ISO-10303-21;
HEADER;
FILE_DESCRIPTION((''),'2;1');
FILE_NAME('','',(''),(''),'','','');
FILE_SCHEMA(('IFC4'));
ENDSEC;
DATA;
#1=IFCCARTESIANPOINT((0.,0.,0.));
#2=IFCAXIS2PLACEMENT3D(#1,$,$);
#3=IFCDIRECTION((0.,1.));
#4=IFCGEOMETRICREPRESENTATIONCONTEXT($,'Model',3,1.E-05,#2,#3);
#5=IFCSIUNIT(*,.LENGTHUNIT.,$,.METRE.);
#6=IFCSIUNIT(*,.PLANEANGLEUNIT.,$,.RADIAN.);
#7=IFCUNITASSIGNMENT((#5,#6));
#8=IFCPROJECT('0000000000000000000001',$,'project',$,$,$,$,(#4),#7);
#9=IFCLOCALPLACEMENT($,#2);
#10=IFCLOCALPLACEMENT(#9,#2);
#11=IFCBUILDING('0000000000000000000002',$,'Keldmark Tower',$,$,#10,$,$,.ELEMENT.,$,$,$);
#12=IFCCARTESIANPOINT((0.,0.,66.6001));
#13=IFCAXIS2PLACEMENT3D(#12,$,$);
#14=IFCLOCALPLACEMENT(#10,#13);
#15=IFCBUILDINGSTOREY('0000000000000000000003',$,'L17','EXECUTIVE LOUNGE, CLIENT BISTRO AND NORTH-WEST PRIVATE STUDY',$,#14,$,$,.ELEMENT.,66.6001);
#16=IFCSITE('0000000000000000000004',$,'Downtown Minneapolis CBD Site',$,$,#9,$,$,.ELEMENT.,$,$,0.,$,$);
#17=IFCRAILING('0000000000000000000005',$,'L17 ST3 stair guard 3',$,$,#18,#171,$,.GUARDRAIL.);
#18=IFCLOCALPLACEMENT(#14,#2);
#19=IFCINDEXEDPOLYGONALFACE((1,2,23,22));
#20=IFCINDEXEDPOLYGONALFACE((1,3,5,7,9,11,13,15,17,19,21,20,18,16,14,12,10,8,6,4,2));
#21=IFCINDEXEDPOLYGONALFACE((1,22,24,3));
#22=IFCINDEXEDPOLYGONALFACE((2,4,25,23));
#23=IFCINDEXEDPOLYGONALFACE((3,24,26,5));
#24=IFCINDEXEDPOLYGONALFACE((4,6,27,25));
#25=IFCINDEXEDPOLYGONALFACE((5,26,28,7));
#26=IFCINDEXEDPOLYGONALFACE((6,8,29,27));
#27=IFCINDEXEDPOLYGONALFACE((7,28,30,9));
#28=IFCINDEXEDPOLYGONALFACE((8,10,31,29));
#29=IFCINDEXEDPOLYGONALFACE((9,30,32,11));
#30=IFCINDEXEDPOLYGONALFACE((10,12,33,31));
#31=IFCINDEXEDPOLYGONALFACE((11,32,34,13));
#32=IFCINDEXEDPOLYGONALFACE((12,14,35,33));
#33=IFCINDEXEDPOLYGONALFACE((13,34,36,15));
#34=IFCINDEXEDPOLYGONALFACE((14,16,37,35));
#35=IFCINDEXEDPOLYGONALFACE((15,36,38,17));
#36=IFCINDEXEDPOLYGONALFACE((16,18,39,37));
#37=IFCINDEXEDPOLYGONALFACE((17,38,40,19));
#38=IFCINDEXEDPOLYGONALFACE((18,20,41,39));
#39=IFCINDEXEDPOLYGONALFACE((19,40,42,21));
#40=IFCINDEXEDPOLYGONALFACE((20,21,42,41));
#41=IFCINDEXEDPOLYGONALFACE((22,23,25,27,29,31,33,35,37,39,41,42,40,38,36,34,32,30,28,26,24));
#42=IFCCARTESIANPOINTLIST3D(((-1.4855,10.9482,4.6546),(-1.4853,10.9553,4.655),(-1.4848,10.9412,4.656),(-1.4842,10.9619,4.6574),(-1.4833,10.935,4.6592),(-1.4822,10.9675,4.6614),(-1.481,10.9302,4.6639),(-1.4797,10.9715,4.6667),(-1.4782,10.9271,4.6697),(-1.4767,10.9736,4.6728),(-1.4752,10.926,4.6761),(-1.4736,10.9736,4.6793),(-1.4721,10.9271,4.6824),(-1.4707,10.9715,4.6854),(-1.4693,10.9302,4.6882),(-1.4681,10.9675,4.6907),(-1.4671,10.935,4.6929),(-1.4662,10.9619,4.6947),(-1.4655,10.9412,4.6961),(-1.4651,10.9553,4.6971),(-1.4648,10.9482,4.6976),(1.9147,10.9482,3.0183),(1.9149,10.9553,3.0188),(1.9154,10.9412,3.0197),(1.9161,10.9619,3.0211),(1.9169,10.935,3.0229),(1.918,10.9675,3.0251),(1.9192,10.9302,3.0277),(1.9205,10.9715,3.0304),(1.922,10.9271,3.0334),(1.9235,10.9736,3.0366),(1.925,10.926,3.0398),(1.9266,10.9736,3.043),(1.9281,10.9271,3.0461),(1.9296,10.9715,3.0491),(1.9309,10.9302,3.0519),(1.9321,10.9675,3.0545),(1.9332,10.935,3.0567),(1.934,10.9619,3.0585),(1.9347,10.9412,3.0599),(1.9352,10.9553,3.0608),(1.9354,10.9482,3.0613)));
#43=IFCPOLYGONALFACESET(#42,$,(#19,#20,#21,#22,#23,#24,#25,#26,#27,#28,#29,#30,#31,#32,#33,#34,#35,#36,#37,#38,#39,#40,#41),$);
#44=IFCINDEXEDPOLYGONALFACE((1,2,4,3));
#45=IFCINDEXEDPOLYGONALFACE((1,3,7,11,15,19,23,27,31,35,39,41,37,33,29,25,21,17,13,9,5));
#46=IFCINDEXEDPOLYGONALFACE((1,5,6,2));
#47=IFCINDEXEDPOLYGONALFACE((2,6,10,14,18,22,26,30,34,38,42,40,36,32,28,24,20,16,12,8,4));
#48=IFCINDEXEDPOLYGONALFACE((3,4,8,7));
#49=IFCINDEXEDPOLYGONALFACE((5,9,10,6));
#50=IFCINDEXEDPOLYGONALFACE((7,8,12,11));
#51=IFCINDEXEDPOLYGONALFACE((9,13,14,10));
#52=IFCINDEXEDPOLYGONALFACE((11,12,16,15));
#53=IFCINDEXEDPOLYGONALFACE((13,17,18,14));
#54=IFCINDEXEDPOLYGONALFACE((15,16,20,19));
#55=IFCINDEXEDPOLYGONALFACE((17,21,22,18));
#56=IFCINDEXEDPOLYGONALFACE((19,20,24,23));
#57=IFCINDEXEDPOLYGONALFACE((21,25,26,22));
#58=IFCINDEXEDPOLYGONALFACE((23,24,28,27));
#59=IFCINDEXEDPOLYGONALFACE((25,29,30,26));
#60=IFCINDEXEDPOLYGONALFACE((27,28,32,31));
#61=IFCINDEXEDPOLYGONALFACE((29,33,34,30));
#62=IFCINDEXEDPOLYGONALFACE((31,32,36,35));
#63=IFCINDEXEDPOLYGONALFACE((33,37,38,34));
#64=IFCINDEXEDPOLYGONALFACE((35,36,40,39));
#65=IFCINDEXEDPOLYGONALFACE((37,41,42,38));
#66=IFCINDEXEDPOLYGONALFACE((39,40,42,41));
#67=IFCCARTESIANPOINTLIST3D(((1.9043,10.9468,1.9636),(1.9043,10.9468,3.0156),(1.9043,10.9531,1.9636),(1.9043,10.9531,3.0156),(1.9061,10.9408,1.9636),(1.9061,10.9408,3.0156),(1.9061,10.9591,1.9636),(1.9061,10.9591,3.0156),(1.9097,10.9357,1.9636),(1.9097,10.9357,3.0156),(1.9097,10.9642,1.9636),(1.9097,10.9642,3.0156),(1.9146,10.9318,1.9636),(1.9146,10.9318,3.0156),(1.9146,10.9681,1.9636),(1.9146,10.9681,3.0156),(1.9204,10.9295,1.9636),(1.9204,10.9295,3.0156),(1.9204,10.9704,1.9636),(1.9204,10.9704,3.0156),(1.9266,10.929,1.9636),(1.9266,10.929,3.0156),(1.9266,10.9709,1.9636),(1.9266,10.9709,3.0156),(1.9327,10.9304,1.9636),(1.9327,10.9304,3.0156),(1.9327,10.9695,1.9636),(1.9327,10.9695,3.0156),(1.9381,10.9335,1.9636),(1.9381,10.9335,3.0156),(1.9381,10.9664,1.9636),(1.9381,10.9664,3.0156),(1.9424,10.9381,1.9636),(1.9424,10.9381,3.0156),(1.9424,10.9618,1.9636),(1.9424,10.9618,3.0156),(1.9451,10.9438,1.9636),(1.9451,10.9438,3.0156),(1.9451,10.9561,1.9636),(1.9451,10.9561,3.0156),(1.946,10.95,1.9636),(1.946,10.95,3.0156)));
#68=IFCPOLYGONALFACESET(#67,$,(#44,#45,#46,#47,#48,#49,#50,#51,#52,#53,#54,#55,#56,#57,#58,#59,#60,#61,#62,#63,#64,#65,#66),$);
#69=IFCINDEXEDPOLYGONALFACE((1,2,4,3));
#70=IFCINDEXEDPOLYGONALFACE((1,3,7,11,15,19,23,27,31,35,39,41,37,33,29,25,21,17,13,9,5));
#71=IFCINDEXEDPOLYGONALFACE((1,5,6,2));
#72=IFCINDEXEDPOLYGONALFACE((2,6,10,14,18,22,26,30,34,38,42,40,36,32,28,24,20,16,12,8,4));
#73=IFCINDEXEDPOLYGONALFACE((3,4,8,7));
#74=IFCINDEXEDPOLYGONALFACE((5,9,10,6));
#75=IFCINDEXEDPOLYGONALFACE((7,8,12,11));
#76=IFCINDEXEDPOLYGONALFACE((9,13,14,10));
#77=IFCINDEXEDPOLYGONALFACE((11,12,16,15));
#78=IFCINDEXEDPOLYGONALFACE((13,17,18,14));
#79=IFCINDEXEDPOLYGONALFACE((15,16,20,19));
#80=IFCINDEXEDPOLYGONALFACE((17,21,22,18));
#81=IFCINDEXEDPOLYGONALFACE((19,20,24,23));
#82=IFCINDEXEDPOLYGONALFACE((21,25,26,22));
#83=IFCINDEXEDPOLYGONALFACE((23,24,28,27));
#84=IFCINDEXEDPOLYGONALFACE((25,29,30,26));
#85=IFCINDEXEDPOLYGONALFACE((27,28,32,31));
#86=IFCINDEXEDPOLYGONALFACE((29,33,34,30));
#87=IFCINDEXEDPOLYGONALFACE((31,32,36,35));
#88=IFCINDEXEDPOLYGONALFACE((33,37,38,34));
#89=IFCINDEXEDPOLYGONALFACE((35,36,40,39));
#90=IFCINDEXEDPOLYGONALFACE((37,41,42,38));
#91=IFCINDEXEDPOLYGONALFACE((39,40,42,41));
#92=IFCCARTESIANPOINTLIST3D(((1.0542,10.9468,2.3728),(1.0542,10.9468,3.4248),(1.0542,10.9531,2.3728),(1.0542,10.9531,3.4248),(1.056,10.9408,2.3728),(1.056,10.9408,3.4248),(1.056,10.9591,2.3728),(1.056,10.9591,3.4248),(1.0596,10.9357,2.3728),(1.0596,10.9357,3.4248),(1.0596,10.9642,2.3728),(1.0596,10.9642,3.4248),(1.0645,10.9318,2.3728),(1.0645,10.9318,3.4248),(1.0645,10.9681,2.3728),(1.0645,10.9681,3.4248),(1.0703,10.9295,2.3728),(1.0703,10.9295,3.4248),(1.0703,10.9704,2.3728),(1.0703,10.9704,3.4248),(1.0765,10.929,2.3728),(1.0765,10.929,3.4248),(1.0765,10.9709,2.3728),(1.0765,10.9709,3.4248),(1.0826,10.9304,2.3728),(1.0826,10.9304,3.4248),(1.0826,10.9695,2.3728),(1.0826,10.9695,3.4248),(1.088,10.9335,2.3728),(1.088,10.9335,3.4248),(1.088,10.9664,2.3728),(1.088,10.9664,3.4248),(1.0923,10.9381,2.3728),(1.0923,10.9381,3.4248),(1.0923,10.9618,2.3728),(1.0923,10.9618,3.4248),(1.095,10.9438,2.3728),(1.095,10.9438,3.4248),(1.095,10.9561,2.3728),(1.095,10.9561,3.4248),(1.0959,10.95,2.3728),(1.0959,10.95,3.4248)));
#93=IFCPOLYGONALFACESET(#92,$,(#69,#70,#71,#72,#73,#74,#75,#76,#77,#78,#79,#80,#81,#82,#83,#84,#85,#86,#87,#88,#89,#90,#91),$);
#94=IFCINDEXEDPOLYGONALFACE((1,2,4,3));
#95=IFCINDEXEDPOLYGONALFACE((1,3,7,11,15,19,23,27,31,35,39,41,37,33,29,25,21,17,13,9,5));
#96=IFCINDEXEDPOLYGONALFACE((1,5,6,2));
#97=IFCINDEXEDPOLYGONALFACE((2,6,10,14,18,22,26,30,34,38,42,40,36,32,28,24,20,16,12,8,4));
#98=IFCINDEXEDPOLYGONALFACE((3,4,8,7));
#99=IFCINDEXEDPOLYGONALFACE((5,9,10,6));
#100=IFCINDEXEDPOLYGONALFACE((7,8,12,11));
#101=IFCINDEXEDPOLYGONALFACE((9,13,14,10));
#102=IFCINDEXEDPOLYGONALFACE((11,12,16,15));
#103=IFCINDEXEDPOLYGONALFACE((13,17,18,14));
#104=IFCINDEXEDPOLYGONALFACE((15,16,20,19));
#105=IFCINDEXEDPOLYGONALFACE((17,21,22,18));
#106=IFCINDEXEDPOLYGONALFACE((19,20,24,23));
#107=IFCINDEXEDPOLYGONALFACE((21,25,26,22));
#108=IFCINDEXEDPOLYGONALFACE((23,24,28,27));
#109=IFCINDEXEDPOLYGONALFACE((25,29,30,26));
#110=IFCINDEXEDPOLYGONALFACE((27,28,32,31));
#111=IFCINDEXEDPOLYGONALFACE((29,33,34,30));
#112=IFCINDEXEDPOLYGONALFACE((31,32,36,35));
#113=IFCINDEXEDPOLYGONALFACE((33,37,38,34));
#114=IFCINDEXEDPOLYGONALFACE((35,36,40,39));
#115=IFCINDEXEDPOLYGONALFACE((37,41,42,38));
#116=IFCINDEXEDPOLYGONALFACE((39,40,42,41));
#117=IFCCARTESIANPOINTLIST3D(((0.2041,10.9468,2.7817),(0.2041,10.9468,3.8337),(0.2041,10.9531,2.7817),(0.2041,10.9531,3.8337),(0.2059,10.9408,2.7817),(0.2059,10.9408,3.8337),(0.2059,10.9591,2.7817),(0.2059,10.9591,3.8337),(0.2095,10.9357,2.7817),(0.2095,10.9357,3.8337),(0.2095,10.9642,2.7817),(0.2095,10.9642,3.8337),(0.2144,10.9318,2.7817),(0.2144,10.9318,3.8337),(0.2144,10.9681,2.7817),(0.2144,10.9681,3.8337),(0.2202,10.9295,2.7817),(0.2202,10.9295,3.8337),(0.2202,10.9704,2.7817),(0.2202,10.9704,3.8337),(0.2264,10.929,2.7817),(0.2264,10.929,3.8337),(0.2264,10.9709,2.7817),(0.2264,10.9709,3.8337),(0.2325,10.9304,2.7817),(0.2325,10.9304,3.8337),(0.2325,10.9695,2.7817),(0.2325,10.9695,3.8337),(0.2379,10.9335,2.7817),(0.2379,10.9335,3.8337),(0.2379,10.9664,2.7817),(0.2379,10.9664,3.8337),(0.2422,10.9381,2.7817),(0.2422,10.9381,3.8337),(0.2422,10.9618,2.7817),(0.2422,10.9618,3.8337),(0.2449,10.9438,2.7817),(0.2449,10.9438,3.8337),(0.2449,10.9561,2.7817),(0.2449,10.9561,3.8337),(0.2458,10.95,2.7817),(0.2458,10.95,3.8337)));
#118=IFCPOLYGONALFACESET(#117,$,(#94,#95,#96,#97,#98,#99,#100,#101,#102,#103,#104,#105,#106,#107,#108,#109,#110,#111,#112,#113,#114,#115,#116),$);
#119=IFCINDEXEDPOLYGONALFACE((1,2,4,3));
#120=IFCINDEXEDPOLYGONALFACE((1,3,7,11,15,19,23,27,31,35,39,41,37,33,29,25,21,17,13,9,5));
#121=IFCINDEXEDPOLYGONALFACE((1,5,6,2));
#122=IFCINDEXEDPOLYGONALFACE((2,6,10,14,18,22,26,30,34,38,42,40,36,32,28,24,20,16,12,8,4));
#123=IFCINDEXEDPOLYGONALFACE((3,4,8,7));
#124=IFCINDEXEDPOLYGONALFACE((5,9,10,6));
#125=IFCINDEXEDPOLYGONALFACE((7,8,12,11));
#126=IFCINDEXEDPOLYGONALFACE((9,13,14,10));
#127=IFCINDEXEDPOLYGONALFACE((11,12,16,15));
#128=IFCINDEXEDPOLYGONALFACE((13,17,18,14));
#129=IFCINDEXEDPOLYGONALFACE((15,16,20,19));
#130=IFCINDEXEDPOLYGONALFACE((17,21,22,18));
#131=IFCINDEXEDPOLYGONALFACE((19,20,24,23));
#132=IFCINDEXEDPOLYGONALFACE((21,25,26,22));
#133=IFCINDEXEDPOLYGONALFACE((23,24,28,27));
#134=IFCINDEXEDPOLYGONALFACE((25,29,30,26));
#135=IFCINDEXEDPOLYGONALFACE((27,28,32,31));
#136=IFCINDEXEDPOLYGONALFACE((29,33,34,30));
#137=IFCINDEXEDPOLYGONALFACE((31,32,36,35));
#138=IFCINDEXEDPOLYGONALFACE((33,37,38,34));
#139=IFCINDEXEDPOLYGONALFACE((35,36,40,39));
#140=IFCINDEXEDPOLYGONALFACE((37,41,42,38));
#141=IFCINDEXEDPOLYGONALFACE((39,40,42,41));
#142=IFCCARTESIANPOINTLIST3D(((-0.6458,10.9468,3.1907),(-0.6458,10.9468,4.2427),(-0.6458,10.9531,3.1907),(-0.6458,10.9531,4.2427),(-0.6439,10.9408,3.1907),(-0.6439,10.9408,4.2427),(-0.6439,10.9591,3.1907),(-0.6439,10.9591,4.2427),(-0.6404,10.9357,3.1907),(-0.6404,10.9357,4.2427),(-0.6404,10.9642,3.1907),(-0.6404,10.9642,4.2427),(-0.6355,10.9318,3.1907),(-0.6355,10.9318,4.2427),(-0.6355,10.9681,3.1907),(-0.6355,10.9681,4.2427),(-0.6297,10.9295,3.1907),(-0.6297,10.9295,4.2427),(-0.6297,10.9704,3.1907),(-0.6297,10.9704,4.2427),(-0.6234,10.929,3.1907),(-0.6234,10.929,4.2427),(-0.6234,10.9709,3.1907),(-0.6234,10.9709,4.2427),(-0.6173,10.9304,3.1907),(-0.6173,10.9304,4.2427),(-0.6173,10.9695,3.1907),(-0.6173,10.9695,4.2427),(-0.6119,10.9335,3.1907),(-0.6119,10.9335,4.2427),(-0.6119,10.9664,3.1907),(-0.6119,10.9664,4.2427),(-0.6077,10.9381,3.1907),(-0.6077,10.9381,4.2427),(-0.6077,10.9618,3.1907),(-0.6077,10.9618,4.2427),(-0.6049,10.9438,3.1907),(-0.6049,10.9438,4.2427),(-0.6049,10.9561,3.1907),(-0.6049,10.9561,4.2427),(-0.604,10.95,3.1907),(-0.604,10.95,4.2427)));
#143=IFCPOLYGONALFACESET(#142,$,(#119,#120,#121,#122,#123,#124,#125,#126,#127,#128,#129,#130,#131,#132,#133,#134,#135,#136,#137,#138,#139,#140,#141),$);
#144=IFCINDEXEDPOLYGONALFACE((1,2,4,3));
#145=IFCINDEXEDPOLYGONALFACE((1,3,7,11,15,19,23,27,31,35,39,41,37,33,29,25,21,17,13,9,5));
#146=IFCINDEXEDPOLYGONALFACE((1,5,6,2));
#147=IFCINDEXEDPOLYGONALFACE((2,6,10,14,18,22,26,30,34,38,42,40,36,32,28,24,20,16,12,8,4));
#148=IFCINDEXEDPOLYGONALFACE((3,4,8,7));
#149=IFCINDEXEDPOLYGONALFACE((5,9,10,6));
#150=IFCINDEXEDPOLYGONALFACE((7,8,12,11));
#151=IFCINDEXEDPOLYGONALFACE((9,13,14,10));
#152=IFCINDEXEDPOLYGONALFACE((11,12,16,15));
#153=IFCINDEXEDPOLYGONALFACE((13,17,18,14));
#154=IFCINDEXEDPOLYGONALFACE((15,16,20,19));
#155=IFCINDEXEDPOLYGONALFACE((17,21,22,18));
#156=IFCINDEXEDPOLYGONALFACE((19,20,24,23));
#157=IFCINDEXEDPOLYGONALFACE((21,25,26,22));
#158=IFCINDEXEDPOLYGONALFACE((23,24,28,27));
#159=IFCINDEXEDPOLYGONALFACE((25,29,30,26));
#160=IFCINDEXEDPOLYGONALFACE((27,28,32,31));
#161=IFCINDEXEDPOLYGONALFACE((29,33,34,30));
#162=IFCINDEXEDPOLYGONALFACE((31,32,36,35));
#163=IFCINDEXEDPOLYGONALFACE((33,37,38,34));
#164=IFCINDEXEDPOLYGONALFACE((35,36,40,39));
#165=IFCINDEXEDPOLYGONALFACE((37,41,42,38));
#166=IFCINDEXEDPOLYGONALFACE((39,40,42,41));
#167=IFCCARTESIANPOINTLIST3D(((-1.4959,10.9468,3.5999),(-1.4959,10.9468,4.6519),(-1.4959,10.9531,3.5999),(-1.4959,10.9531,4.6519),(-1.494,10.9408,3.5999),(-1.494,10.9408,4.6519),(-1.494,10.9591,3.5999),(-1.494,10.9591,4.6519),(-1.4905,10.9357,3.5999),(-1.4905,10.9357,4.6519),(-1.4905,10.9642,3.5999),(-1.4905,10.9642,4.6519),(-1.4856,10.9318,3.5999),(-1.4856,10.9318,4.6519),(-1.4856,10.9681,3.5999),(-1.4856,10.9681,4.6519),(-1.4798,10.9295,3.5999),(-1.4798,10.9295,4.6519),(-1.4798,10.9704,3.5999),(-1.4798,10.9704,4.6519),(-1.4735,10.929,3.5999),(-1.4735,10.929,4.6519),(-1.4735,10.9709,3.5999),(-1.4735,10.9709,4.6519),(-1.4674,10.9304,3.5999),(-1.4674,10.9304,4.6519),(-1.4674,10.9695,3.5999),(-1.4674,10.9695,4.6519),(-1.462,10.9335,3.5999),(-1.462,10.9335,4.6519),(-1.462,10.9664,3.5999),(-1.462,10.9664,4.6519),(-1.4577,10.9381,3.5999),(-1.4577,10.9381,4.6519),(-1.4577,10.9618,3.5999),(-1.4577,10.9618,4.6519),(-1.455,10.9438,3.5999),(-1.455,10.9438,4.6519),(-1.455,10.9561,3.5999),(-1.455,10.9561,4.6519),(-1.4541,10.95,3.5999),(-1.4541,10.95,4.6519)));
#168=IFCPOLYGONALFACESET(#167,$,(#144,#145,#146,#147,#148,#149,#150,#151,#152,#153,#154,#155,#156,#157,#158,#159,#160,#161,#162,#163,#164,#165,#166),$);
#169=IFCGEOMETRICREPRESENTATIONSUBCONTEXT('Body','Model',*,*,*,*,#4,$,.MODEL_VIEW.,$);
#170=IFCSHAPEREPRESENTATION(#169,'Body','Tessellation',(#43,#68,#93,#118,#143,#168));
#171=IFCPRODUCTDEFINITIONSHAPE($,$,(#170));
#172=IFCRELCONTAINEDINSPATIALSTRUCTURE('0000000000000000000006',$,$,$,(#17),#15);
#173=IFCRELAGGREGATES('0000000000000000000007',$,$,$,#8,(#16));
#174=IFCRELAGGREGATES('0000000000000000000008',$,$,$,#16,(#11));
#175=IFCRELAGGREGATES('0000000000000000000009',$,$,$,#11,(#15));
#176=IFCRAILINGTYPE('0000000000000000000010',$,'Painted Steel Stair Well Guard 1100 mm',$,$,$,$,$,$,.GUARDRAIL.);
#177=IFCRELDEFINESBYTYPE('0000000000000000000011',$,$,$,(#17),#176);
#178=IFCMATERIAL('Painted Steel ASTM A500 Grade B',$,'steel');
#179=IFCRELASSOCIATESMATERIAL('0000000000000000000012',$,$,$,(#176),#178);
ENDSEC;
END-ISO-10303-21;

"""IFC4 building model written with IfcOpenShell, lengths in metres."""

from ifc_helpers import new_model, si_unit, direction, frame, origin, origin_2d, place, context, subcontext, project, spatial, circle, extrude, material, type_object, element, save


model = new_model("IFC4")

# Units and contexts
model_context = context("Model", 3, precision=1e-05, world=origin(), true_north=direction((0.0, 1.0)))
body_context = subcontext(model_context, "Body", "Model", "MODEL_VIEW")
ifc_project = project(units=[si_unit("LENGTHUNIT", "METRE"), si_unit("PLANEANGLEUNIT", "RADIAN")], contexts=[model_context])

# Site, building, storey
site_placement = place(None, origin())
site = spatial("IfcSite", under=ifc_project, at=site_placement, Name="Downtown Minneapolis CBD Site", CompositionType="ELEMENT", RefElevation=0.0)
building_placement = place(site_placement, origin())
building = spatial("IfcBuilding", under=site, at=building_placement, Name="Keldmark Tower", CompositionType="ELEMENT")
storey_placement = place(building_placement, frame((0.0, 0.0, 66.6001)))
storey = spatial("IfcBuildingStorey", under=building, at=storey_placement, Name="L17", Description="EXECUTIVE LOUNGE, CLIENT BISTRO AND NORTH-WEST PRIVATE STUDY", CompositionType="ELEMENT", Elevation=66.6001)

# Railing
ifc_material_1 = material(Name="Painted Steel ASTM A500 Grade B", Category="steel")
railing_type_1 = type_object("IfcRailingType", Name="Painted Steel Stair Well Guard 1100 mm", PredefinedType="GUARDRAIL", material=ifc_material_1)
railing_1_placement = place(storey_placement, frame((1.925, 10.95, 1.9636)))
element("IfcRailing", 1, at=railing_1_placement, inside=storey, type_object=railing_type_1, Name="L17 ST3 stair guard 3", PredefinedType="GUARDRAIL", context=body_context, shape_type="SweptSolid", body=[
    extrude(circle(Radius=0.0239, at=origin_2d()), frame((0.0, 0.0, 1.0762), z_axis=(-0.901093, 0.0, 0.433627), x_axis=(0.0, -1.0, 0.0)), (0.0, 0.0, 1.0), 3.7734),
    extrude(circle(Radius=0.021, at=origin_2d()), origin(), (0.0, 0.0, 1.0), 1.052),
    extrude(circle(Radius=0.021, at=origin_2d()), frame((-0.8501, 0.0, 0.4092)), (0.0, 0.0, 1.0), 1.052),
    extrude(circle(Radius=0.021, at=origin_2d()), frame((-1.7002, 0.0, 0.8181)), (0.0, 0.0, 1.0), 1.052),
    extrude(circle(Radius=0.021, at=origin_2d()), frame((-2.55, 0.0, 1.2271)), (0.0, 0.0, 1.0), 1.052),
    extrude(circle(Radius=0.021, at=origin_2d()), frame((-3.4001, 0.0, 1.6362)), (0.0, 0.0, 1.0), 1.052),
])

save(model, "model.ifc")
